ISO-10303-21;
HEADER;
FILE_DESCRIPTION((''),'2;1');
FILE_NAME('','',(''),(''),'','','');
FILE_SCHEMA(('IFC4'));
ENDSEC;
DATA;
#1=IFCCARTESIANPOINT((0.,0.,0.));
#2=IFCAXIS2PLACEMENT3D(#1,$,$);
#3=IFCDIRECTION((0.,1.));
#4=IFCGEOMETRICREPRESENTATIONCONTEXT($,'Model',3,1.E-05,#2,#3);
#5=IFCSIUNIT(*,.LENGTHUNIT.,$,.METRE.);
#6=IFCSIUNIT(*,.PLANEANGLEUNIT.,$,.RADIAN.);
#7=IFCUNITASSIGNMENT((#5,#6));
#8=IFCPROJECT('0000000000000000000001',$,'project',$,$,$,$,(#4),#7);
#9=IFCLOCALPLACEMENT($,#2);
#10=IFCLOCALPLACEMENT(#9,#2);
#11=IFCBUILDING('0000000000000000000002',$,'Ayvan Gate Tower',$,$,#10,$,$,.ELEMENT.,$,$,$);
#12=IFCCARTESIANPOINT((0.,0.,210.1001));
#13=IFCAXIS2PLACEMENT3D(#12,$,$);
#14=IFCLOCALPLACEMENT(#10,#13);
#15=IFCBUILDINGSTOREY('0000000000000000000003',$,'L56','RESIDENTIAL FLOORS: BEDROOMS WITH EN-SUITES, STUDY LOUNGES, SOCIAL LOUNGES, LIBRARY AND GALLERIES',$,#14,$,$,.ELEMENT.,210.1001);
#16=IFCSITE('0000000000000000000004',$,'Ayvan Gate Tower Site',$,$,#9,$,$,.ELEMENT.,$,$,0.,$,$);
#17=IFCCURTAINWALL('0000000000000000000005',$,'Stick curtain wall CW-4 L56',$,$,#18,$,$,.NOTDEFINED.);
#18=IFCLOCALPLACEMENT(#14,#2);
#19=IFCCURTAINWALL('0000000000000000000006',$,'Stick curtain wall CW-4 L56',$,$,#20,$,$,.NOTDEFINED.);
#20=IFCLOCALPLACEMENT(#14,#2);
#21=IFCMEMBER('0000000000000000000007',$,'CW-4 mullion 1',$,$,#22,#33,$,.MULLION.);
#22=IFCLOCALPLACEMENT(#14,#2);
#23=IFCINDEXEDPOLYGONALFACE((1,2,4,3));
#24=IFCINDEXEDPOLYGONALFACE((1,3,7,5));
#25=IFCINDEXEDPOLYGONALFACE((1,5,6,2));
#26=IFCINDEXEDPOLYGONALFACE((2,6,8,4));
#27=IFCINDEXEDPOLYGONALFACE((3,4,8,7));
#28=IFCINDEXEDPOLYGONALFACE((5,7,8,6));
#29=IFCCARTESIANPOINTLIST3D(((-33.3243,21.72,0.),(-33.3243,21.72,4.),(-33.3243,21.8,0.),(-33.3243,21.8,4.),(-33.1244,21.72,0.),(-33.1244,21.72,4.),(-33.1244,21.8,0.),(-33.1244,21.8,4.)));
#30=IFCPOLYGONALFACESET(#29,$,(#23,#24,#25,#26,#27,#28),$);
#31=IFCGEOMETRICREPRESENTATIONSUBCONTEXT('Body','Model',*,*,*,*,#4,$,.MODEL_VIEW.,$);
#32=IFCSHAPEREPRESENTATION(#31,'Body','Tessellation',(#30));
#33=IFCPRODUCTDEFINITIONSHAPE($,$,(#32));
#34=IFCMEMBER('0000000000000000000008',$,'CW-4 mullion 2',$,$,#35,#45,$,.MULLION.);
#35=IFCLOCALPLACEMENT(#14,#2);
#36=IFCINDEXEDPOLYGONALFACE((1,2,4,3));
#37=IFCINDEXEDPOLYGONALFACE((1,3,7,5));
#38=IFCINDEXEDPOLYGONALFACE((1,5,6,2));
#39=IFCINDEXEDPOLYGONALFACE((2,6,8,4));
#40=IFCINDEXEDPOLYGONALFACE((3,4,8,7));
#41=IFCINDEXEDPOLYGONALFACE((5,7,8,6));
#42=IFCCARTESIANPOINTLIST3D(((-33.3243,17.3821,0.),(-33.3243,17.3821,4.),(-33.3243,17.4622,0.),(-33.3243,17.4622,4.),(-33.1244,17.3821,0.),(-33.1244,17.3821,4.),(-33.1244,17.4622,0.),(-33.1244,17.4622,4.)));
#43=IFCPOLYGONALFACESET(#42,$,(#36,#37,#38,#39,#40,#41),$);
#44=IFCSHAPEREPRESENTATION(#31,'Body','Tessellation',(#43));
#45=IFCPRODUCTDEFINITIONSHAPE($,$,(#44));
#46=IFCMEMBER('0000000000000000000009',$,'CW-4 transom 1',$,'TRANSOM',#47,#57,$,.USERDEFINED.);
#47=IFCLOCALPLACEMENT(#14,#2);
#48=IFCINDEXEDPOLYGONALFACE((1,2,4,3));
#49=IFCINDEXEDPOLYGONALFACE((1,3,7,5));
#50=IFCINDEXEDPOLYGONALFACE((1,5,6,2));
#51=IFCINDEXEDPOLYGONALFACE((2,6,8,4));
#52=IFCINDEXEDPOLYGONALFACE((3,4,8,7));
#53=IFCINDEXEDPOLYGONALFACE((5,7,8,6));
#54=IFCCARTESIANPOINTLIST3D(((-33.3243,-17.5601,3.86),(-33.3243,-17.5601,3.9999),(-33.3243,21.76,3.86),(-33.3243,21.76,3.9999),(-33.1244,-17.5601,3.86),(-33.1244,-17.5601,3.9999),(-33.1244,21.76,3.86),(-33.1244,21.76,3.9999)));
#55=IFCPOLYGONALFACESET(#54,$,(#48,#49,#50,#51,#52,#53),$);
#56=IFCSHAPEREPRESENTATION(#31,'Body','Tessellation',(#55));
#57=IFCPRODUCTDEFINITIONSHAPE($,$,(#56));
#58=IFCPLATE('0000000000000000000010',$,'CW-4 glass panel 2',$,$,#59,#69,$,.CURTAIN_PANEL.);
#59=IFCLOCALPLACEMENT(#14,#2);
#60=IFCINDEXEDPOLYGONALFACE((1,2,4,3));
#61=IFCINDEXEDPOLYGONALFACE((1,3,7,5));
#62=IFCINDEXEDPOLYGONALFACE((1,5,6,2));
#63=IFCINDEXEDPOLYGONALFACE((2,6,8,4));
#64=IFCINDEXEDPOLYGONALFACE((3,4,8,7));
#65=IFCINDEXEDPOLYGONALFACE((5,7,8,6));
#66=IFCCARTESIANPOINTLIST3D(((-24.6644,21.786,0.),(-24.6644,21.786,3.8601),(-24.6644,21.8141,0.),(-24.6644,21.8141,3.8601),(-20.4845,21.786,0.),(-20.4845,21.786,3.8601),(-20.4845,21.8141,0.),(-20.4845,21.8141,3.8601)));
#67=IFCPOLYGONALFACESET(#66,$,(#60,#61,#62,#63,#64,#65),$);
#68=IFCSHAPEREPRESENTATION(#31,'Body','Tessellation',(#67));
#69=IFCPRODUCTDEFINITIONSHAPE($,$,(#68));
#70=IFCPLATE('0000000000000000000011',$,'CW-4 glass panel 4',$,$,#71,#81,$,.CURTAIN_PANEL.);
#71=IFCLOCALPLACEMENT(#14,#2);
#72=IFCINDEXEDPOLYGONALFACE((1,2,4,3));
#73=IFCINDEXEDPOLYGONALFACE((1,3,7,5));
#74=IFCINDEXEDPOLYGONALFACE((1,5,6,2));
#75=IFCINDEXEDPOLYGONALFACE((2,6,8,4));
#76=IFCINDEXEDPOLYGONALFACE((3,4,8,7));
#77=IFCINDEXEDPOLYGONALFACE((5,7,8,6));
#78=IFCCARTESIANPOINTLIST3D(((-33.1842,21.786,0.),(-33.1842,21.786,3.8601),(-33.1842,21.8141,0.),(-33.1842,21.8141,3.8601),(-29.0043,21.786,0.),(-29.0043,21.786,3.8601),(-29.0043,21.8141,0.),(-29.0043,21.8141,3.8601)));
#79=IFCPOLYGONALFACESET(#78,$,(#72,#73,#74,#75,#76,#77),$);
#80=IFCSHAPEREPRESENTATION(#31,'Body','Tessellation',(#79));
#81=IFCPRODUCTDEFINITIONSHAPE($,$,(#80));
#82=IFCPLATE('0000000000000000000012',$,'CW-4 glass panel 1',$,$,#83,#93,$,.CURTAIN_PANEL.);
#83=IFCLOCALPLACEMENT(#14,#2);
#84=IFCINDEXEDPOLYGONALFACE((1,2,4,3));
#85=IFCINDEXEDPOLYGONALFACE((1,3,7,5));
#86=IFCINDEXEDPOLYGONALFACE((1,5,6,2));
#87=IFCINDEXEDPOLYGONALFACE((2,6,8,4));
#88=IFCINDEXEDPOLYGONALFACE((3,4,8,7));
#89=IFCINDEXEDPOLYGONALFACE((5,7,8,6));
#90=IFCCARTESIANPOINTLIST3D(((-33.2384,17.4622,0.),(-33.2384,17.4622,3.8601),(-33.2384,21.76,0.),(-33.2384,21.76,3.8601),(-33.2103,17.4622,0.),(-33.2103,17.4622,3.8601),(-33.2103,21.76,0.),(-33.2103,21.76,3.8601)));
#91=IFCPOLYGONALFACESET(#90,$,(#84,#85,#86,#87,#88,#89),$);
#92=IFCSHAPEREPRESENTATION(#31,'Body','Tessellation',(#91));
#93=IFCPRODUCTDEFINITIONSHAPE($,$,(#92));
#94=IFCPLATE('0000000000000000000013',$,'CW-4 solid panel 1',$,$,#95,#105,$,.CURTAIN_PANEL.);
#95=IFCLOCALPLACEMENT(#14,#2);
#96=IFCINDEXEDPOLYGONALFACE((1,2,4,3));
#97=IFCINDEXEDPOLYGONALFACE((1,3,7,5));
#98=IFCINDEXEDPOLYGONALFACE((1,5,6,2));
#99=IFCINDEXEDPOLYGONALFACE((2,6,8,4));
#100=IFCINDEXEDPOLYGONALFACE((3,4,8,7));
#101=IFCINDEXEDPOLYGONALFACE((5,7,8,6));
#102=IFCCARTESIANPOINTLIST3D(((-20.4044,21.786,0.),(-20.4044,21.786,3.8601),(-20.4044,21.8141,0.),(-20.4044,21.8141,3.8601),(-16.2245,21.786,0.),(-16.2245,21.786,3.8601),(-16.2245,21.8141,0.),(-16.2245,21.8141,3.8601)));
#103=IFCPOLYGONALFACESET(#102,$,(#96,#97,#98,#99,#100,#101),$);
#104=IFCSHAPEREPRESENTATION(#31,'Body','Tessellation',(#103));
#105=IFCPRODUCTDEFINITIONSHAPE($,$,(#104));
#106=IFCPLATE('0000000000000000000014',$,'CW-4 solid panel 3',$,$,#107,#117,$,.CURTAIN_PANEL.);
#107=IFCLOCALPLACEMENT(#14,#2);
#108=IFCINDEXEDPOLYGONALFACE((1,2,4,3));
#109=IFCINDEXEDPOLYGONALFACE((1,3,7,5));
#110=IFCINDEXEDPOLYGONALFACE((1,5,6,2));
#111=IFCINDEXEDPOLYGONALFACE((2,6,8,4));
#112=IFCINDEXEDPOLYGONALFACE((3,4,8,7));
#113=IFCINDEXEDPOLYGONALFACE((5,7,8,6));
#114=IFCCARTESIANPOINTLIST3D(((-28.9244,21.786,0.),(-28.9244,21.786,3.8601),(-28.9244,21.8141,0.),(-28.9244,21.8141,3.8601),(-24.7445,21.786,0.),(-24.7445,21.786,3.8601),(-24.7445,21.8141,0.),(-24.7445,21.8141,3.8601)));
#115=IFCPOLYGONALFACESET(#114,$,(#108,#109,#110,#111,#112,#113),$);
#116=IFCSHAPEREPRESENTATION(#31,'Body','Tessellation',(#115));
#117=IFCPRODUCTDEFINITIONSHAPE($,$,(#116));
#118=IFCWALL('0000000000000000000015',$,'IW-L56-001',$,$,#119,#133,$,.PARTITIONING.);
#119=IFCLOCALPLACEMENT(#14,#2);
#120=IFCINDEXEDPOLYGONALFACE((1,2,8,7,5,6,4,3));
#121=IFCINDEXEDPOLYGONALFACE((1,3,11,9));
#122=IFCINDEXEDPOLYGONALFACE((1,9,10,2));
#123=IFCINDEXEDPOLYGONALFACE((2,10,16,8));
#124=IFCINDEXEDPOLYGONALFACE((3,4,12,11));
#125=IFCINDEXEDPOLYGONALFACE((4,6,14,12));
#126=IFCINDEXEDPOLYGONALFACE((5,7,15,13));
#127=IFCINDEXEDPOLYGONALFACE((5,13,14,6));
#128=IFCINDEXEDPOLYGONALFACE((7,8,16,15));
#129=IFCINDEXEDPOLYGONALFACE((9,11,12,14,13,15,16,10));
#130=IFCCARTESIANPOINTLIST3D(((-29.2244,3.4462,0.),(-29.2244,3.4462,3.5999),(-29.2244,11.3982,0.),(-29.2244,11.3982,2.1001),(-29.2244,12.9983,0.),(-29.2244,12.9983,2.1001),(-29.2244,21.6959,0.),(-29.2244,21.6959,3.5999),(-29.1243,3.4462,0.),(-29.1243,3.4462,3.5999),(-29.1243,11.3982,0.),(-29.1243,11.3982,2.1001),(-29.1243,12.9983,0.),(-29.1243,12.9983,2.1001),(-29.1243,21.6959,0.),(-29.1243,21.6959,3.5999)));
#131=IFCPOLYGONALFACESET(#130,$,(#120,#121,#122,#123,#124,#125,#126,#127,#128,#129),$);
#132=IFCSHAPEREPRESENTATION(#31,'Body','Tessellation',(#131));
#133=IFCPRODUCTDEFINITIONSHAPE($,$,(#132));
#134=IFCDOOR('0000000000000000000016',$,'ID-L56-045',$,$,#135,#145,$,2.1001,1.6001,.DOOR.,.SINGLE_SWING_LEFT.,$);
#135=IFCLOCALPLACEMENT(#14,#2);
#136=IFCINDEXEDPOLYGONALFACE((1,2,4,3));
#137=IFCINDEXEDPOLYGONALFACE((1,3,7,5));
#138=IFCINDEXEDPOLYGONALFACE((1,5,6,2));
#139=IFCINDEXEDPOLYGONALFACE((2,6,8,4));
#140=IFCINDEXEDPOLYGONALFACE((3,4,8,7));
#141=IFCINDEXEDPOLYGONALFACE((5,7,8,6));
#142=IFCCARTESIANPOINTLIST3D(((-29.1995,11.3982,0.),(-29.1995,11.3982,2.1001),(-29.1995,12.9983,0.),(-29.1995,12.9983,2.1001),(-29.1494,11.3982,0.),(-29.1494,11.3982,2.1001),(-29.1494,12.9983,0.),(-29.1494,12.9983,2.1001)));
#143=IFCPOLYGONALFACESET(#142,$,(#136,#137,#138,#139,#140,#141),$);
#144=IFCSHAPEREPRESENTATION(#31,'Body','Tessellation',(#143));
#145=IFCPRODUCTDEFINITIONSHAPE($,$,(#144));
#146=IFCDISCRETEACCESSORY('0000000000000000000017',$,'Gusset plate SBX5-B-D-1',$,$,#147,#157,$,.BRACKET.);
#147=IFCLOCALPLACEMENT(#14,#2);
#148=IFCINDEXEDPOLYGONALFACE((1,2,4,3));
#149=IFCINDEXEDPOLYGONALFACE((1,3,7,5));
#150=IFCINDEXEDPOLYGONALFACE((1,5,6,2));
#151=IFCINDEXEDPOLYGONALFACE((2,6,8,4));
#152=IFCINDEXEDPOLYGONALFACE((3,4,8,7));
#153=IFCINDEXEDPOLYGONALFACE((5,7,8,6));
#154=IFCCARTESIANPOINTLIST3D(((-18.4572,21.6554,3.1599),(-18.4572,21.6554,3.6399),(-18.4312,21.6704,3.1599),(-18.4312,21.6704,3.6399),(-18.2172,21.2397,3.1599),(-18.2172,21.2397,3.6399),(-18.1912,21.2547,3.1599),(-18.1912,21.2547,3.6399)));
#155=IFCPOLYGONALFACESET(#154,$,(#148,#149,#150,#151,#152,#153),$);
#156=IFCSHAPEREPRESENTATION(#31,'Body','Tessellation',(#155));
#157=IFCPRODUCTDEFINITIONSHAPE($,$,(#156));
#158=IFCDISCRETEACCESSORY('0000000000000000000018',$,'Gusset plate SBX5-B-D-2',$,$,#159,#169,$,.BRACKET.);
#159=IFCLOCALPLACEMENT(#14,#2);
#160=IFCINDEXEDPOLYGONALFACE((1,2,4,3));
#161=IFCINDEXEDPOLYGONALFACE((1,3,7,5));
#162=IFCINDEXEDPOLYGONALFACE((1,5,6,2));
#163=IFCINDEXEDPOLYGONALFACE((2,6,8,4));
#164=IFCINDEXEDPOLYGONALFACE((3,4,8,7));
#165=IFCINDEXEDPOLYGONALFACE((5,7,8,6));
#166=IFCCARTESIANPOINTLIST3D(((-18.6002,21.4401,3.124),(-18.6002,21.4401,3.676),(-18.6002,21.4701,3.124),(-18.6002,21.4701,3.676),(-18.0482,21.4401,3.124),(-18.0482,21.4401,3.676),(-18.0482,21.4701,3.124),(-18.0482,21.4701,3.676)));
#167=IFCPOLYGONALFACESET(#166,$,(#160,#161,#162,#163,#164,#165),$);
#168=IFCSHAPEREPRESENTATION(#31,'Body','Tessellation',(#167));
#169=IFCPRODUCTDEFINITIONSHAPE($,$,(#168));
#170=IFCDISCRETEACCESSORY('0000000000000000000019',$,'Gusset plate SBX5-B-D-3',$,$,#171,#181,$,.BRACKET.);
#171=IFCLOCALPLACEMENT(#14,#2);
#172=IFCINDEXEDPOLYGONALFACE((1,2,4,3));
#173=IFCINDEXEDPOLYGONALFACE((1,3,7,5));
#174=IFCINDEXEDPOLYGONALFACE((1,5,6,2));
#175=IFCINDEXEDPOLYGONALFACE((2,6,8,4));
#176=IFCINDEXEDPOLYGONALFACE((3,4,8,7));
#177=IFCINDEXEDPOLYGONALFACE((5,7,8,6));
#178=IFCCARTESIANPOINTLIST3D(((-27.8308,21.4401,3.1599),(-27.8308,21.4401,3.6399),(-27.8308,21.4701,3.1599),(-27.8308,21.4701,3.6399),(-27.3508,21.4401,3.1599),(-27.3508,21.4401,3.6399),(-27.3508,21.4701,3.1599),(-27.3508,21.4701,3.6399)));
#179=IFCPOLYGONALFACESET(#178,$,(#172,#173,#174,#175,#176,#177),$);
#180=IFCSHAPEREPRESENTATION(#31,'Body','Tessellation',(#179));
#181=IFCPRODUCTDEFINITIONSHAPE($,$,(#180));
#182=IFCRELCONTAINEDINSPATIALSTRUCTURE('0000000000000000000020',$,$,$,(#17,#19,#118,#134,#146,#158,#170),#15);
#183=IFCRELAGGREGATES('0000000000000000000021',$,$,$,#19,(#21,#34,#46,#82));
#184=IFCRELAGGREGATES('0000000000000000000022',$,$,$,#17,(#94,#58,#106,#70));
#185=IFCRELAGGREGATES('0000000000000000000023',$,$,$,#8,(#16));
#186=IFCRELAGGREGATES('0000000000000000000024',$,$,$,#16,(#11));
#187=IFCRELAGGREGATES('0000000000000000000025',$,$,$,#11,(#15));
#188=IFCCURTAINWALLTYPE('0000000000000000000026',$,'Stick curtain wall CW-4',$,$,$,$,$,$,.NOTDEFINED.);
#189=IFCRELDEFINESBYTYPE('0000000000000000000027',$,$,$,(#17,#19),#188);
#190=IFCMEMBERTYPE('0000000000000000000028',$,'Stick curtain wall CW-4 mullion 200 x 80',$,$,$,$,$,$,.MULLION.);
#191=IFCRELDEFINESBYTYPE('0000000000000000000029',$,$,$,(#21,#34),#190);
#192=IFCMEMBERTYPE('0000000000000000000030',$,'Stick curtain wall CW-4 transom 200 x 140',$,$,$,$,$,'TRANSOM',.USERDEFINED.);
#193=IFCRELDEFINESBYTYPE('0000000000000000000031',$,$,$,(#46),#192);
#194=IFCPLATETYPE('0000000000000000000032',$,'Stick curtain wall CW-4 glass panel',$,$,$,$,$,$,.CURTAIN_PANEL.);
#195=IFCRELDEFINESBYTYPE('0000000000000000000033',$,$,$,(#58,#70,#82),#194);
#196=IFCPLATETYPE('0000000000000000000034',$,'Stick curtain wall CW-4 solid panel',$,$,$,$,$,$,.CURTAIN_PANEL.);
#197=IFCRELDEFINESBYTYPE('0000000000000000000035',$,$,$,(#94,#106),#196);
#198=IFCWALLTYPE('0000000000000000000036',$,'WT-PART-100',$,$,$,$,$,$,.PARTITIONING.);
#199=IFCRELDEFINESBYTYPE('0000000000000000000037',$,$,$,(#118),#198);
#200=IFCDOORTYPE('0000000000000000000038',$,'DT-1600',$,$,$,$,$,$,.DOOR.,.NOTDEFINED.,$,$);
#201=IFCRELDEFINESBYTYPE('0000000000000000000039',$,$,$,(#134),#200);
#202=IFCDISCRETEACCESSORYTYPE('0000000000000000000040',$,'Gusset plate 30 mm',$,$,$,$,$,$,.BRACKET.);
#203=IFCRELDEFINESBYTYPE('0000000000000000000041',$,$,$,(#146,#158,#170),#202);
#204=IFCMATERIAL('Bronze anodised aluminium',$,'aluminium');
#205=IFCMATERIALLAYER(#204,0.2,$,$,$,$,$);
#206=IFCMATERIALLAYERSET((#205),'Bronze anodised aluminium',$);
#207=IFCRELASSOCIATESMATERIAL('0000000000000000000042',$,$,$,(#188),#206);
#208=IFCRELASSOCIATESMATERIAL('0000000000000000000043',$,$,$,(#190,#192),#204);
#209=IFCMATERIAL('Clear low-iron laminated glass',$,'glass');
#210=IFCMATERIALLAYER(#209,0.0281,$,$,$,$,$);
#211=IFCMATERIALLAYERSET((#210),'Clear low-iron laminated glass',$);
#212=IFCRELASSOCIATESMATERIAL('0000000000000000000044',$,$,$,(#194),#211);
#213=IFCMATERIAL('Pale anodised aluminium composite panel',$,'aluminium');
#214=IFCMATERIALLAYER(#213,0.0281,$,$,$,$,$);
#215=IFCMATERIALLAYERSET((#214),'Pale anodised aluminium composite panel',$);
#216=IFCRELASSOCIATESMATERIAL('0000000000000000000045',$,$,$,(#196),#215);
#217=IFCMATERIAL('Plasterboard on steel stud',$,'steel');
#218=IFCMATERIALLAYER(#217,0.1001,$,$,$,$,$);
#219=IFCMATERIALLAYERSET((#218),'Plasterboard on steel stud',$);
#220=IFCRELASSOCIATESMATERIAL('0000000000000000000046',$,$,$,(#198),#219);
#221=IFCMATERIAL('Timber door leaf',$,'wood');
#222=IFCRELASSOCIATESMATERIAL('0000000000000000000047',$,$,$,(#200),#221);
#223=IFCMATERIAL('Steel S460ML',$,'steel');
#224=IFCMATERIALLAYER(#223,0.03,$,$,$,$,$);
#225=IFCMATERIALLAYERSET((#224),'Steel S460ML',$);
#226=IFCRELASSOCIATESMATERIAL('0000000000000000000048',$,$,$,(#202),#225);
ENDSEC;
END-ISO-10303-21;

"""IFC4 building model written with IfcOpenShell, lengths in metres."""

from ifc_helpers import new_model, si_unit, direction, frame, frame_2d, origin, origin_2d, place, context, subcontext, project, spatial, rectangle, extrude, material, layer, layer_set, material_profile, profile_set, type_object, element, fill, aggregate, save


model = new_model("IFC4")

# Units and contexts
model_context = context("Model", 3, precision=1e-05, world=origin(), true_north=direction((0.0, 1.0)))
body_context = subcontext(model_context, "Body", "Model", "MODEL_VIEW")
ifc_project = project(units=[si_unit("LENGTHUNIT", "METRE"), si_unit("PLANEANGLEUNIT", "RADIAN")], contexts=[model_context])

# Site, building, storey
site_placement = place(None, origin())
site = spatial("IfcSite", under=ifc_project, at=site_placement, Name="Ayvan Gate Tower Site", CompositionType="ELEMENT", RefElevation=0.0)
building_placement = place(site_placement, origin())
building = spatial("IfcBuilding", under=site, at=building_placement, Name="Ayvan Gate Tower", CompositionType="ELEMENT")
storey_placement = place(building_placement, frame((0.0, 0.0, 210.1001)))
storey = spatial("IfcBuildingStorey", under=building, at=storey_placement, Name="L56", Description="RESIDENTIAL FLOORS: BEDROOMS WITH EN-SUITES, STUDY LOUNGES, SOCIAL LOUNGES, LIBRARY AND GALLERIES", CompositionType="ELEMENT", Elevation=210.1001)

# Shared definitions
ifc_material_1 = material(Name="Steel S460ML", Category="steel")

# Curtain walls, members
ifc_material_2 = material(Name="Bronze anodised aluminium", Category="aluminium")
ifc_layer_1 = layer(ifc_material_2, 0.2)
ifc_layer_set_1 = layer_set([ifc_layer_1], Name="Bronze anodised aluminium")
curtain_wall_type = type_object("IfcCurtainWallType", Name="Stick curtain wall CW-4", PredefinedType="NOTDEFINED", material=ifc_layer_set_1)
curtain_wall_1_placement = place(storey_placement, origin())
curtain_wall_1 = element("IfcCurtainWall", 1, at=curtain_wall_1_placement, inside=storey, type_object=curtain_wall_type, Name="Stick curtain wall CW-4 L56", PredefinedType="NOTDEFINED")
ifc_material_profile_1 = material_profile(ifc_material_2, rectangle(XDim=0.2, YDim=0.0801, at=origin_2d()), Name="Stick curtain wall CW-4 mullion 200 x 80")
ifc_profile_set_1 = profile_set([ifc_material_profile_1], Name="Bronze anodised aluminium")
member_type_1 = type_object("IfcMemberType", Name="Stick curtain wall CW-4 mullion 200 x 80", PredefinedType="MULLION", material=ifc_profile_set_1)
curtain_wall_2_placement = place(storey_placement, origin())
curtain_wall_2 = element("IfcCurtainWall", 2, at=curtain_wall_2_placement, inside=storey, type_object=curtain_wall_type, Name="Stick curtain wall CW-4 L56", PredefinedType="NOTDEFINED")
member_1_placement = place(storey_placement, frame((-33.2244, 21.76, 0.0), z_axis=(0.0, 0.0, 1.0), x_axis=(-1.0, 0.0, 0.0)))
member_1 = element("IfcMember", 3, at=member_1_placement, type_object=member_type_1, Name="CW-4 mullion 1", PredefinedType="MULLION", context=body_context, shape_type="SweptSolid", body=[
    extrude(rectangle(XDim=0.2, YDim=0.0801, at=origin_2d()), origin(), (0.0, 0.0, 1.0), 4.0),
])
member_2_placement = place(storey_placement, frame((-33.2244, 17.4221, 0.0), z_axis=(0.0, 0.0, 1.0), x_axis=(-1.0, 0.0, 0.0)))
member_2 = element("IfcMember", 4, at=member_2_placement, type_object=member_type_1, Name="CW-4 mullion 2", PredefinedType="MULLION", context=body_context, shape_type="SweptSolid", body=[
    extrude(rectangle(XDim=0.2, YDim=0.0801, at=origin_2d()), origin(), (0.0, 0.0, 1.0), 4.0),
])
ifc_material_profile_2 = material_profile(ifc_material_2, rectangle(XDim=0.2, YDim=0.1399, at=origin_2d()), Name="Stick curtain wall CW-4 transom 200 x 140")
ifc_profile_set_2 = profile_set([ifc_material_profile_2], Name="Bronze anodised aluminium")
member_type_2 = type_object("IfcMemberType", Name="Stick curtain wall CW-4 transom 200 x 140", ElementType="TRANSOM", PredefinedType="USERDEFINED", material=ifc_profile_set_2)
member_3_placement = place(storey_placement, frame((-33.2244, 21.76, 3.9299), z_axis=(0.0, -1.0, 0.0), x_axis=(1.0, 0.0, 0.0)))
member_3 = element("IfcMember", 5, at=member_3_placement, type_object=member_type_2, Name="CW-4 transom 1", ObjectType="TRANSOM", PredefinedType="USERDEFINED", context=body_context, shape_type="SweptSolid", body=[
    extrude(rectangle(XDim=0.2, YDim=0.1399, at=origin_2d()), origin(), (0.0, 0.0, 1.0), 39.3201),
])

# Plates
ifc_material_3 = material(Name="Clear low-iron laminated glass", Category="glass")
ifc_layer_2 = layer(ifc_material_3, 0.0281)
ifc_layer_set_2 = layer_set([ifc_layer_2], Name="Clear low-iron laminated glass")
plate_type_1 = type_object("IfcPlateType", Name="Stick curtain wall CW-4 glass panel", PredefinedType="CURTAIN_PANEL", material=ifc_layer_set_2)
plate_1_placement = place(storey_placement, frame((-22.5745, 21.8, 0.0), z_axis=(0.0, 0.0, 1.0), x_axis=(-1.0, 0.0, 0.0)))
plate_1 = element("IfcPlate", 6, at=plate_1_placement, type_object=plate_type_1, Name="CW-4 glass panel 2", PredefinedType="CURTAIN_PANEL", context=body_context, shape_type="SweptSolid", body=[
    extrude(rectangle(XDim=4.1799, YDim=0.0281, at=origin_2d()), origin(), (0.0, 0.0, 1.0), 3.8601),
])
plate_2_placement = place(storey_placement, frame((-31.0942, 21.8, 0.0), z_axis=(0.0, 0.0, 1.0), x_axis=(-1.0, 0.0, 0.0)))
plate_2 = element("IfcPlate", 7, at=plate_2_placement, type_object=plate_type_1, Name="CW-4 glass panel 4", PredefinedType="CURTAIN_PANEL", context=body_context, shape_type="SweptSolid", body=[
    extrude(rectangle(XDim=4.1799, YDim=0.0281, at=origin_2d()), origin(), (0.0, 0.0, 1.0), 3.8601),
])
plate_3_placement = place(storey_placement, frame((-33.2244, 19.6111, 0.0), z_axis=(0.0, 0.0, 1.0), x_axis=(0.0, -1.0, 0.0)))
plate_3 = element("IfcPlate", 8, at=plate_3_placement, type_object=plate_type_1, Name="CW-4 glass panel 1", PredefinedType="CURTAIN_PANEL", context=body_context, shape_type="SweptSolid", body=[
    extrude(rectangle(XDim=4.2979, YDim=0.0281, at=origin_2d()), origin(), (0.0, 0.0, 1.0), 3.8601),
])
aggregate(curtain_wall_2, [member_1, member_2, member_3, plate_3])
ifc_material_4 = material(Name="Pale anodised aluminium composite panel", Category="aluminium")
ifc_layer_3 = layer(ifc_material_4, 0.0281)
ifc_layer_set_3 = layer_set([ifc_layer_3], Name="Pale anodised aluminium composite panel")
plate_type_2 = type_object("IfcPlateType", Name="Stick curtain wall CW-4 solid panel", PredefinedType="CURTAIN_PANEL", material=ifc_layer_set_3)
plate_4_placement = place(storey_placement, frame((-18.3145, 21.8, 0.0), z_axis=(0.0, 0.0, 1.0), x_axis=(-1.0, 0.0, 0.0)))
plate_4 = element("IfcPlate", 9, at=plate_4_placement, type_object=plate_type_2, Name="CW-4 solid panel 1", PredefinedType="CURTAIN_PANEL", context=body_context, shape_type="SweptSolid", body=[
    extrude(rectangle(XDim=4.1799, YDim=0.0281, at=origin_2d()), origin(), (0.0, 0.0, 1.0), 3.8601),
])
plate_5_placement = place(storey_placement, frame((-26.8345, 21.8, 0.0), z_axis=(0.0, 0.0, 1.0), x_axis=(-1.0, 0.0, 0.0)))
plate_5 = element("IfcPlate", 10, at=plate_5_placement, type_object=plate_type_2, Name="CW-4 solid panel 3", PredefinedType="CURTAIN_PANEL", context=body_context, shape_type="SweptSolid", body=[
    extrude(rectangle(XDim=4.1799, YDim=0.0281, at=origin_2d()), origin(), (0.0, 0.0, 1.0), 3.8601),
])
aggregate(curtain_wall_1, [plate_4, plate_1, plate_5, plate_2])

# Wall, opening, door
ifc_material_5 = material(Name="Plasterboard on steel stud", Category="steel")
ifc_layer_4 = layer(ifc_material_5, 0.1001)
ifc_layer_set_4 = layer_set([ifc_layer_4], Name="Plasterboard on steel stud")
wall_type = type_object("IfcWallType", Name="WT-PART-100", PredefinedType="PARTITIONING", material=ifc_layer_set_4)
wall_placement = place(storey_placement, frame((-29.1743, 21.696, 0.0), z_axis=(0.0, 0.0, 1.0), x_axis=(0.0, -1.0, 0.0)))
wall = element("IfcWall", 11, at=wall_placement, inside=storey, type_object=wall_type, Name="IW-L56-001", PredefinedType="PARTITIONING", context=body_context, shape_type="SweptSolid", body=[
    extrude(rectangle(XDim=18.2498, YDim=0.1001, at=frame_2d((9.125, 0.0))), origin(), (0.0, 0.0, 1.0), 3.5999),
])
opening_placement = place(wall_placement, frame((8.6978, 0.0, 0.0)))
opening = element("IfcOpeningElement", 12, at=opening_placement, cuts=wall, PredefinedType="OPENING", context=body_context, shape_type="SweptSolid", body=[
    extrude(rectangle(XDim=1.6001, YDim=2.1001, at=frame_2d((0.8, 1.05))), frame((0.0, 0.0601, 0.0), z_axis=(0.0, -1.0, 0.0), x_axis=(1.0, 0.0, 0.0)), (0.0, 0.0, 1.0), 0.1201),
])
ifc_material_6 = material(Name="Timber door leaf", Category="wood")
door_type = type_object("IfcDoorType", Name="DT-1600", OperationType="NOTDEFINED", PredefinedType="DOOR", material=ifc_material_6)
door_placement = place(opening_placement, origin())
door = element("IfcDoor", 13, at=door_placement, inside=storey, type_object=door_type, Name="ID-L56-045", OperationType="SINGLE_SWING_LEFT", OverallHeight=2.1001, OverallWidth=1.6001, PredefinedType="DOOR", context=body_context, shape_type="SweptSolid", body=[
    extrude(rectangle(XDim=1.6001, YDim=2.1001, at=frame_2d((0.8, 1.05))), frame((0.0, 0.0249, 0.0), z_axis=(0.0, -1.0, 0.0), x_axis=(1.0, 0.0, 0.0)), (0.0, 0.0, 1.0), 0.05),
])
fill(opening, door)

# Discrete accessories
ifc_layer_5 = layer(ifc_material_1, 0.03)
ifc_layer_set_5 = layer_set([ifc_layer_5], Name="Steel S460ML")
discrete_accessory_type_1 = type_object("IfcDiscreteAccessoryType", Name="Gusset plate 30 mm", PredefinedType="BRACKET", material=ifc_layer_set_5)
discrete_accessory_1_placement = place(storey_placement, frame((-18.3242, 21.4551, 3.1599), z_axis=(0.0, 0.0, 1.0), x_axis=(-0.5, 0.866025, 0.0)))
element("IfcDiscreteAccessory", 14, at=discrete_accessory_1_placement, inside=storey, type_object=discrete_accessory_type_1, Name="Gusset plate SBX5-B-D-1", PredefinedType="BRACKET", context=body_context, shape_type="SweptSolid", body=[
    extrude(rectangle(XDim=0.48, YDim=0.03, at=origin_2d()), origin(), (0.0, 0.0, 1.0), 0.48),
])
discrete_accessory_2_placement = place(storey_placement, frame((-18.3242, 21.4551, 3.124), z_axis=(0.0, 0.0, 1.0), x_axis=(1.0, 0.0, 0.0)))
element("IfcDiscreteAccessory", 15, at=discrete_accessory_2_placement, inside=storey, type_object=discrete_accessory_type_1, Name="Gusset plate SBX5-B-D-2", PredefinedType="BRACKET", context=body_context, shape_type="SweptSolid", body=[
    extrude(rectangle(XDim=0.552, YDim=0.03, at=origin_2d()), origin(), (0.0, 0.0, 1.0), 0.552),
])
discrete_accessory_3_placement = place(storey_placement, frame((-27.5908, 21.4551, 3.1599), z_axis=(0.0, 0.0, 1.0), x_axis=(1.0, 0.0, 0.0)))
element("IfcDiscreteAccessory", 16, at=discrete_accessory_3_placement, inside=storey, type_object=discrete_accessory_type_1, Name="Gusset plate SBX5-B-D-3", PredefinedType="BRACKET", context=body_context, shape_type="SweptSolid", body=[
    extrude(rectangle(XDim=0.48, YDim=0.03, at=origin_2d()), origin(), (0.0, 0.0, 1.0), 0.48),
])

save(model, "model.ifc")
